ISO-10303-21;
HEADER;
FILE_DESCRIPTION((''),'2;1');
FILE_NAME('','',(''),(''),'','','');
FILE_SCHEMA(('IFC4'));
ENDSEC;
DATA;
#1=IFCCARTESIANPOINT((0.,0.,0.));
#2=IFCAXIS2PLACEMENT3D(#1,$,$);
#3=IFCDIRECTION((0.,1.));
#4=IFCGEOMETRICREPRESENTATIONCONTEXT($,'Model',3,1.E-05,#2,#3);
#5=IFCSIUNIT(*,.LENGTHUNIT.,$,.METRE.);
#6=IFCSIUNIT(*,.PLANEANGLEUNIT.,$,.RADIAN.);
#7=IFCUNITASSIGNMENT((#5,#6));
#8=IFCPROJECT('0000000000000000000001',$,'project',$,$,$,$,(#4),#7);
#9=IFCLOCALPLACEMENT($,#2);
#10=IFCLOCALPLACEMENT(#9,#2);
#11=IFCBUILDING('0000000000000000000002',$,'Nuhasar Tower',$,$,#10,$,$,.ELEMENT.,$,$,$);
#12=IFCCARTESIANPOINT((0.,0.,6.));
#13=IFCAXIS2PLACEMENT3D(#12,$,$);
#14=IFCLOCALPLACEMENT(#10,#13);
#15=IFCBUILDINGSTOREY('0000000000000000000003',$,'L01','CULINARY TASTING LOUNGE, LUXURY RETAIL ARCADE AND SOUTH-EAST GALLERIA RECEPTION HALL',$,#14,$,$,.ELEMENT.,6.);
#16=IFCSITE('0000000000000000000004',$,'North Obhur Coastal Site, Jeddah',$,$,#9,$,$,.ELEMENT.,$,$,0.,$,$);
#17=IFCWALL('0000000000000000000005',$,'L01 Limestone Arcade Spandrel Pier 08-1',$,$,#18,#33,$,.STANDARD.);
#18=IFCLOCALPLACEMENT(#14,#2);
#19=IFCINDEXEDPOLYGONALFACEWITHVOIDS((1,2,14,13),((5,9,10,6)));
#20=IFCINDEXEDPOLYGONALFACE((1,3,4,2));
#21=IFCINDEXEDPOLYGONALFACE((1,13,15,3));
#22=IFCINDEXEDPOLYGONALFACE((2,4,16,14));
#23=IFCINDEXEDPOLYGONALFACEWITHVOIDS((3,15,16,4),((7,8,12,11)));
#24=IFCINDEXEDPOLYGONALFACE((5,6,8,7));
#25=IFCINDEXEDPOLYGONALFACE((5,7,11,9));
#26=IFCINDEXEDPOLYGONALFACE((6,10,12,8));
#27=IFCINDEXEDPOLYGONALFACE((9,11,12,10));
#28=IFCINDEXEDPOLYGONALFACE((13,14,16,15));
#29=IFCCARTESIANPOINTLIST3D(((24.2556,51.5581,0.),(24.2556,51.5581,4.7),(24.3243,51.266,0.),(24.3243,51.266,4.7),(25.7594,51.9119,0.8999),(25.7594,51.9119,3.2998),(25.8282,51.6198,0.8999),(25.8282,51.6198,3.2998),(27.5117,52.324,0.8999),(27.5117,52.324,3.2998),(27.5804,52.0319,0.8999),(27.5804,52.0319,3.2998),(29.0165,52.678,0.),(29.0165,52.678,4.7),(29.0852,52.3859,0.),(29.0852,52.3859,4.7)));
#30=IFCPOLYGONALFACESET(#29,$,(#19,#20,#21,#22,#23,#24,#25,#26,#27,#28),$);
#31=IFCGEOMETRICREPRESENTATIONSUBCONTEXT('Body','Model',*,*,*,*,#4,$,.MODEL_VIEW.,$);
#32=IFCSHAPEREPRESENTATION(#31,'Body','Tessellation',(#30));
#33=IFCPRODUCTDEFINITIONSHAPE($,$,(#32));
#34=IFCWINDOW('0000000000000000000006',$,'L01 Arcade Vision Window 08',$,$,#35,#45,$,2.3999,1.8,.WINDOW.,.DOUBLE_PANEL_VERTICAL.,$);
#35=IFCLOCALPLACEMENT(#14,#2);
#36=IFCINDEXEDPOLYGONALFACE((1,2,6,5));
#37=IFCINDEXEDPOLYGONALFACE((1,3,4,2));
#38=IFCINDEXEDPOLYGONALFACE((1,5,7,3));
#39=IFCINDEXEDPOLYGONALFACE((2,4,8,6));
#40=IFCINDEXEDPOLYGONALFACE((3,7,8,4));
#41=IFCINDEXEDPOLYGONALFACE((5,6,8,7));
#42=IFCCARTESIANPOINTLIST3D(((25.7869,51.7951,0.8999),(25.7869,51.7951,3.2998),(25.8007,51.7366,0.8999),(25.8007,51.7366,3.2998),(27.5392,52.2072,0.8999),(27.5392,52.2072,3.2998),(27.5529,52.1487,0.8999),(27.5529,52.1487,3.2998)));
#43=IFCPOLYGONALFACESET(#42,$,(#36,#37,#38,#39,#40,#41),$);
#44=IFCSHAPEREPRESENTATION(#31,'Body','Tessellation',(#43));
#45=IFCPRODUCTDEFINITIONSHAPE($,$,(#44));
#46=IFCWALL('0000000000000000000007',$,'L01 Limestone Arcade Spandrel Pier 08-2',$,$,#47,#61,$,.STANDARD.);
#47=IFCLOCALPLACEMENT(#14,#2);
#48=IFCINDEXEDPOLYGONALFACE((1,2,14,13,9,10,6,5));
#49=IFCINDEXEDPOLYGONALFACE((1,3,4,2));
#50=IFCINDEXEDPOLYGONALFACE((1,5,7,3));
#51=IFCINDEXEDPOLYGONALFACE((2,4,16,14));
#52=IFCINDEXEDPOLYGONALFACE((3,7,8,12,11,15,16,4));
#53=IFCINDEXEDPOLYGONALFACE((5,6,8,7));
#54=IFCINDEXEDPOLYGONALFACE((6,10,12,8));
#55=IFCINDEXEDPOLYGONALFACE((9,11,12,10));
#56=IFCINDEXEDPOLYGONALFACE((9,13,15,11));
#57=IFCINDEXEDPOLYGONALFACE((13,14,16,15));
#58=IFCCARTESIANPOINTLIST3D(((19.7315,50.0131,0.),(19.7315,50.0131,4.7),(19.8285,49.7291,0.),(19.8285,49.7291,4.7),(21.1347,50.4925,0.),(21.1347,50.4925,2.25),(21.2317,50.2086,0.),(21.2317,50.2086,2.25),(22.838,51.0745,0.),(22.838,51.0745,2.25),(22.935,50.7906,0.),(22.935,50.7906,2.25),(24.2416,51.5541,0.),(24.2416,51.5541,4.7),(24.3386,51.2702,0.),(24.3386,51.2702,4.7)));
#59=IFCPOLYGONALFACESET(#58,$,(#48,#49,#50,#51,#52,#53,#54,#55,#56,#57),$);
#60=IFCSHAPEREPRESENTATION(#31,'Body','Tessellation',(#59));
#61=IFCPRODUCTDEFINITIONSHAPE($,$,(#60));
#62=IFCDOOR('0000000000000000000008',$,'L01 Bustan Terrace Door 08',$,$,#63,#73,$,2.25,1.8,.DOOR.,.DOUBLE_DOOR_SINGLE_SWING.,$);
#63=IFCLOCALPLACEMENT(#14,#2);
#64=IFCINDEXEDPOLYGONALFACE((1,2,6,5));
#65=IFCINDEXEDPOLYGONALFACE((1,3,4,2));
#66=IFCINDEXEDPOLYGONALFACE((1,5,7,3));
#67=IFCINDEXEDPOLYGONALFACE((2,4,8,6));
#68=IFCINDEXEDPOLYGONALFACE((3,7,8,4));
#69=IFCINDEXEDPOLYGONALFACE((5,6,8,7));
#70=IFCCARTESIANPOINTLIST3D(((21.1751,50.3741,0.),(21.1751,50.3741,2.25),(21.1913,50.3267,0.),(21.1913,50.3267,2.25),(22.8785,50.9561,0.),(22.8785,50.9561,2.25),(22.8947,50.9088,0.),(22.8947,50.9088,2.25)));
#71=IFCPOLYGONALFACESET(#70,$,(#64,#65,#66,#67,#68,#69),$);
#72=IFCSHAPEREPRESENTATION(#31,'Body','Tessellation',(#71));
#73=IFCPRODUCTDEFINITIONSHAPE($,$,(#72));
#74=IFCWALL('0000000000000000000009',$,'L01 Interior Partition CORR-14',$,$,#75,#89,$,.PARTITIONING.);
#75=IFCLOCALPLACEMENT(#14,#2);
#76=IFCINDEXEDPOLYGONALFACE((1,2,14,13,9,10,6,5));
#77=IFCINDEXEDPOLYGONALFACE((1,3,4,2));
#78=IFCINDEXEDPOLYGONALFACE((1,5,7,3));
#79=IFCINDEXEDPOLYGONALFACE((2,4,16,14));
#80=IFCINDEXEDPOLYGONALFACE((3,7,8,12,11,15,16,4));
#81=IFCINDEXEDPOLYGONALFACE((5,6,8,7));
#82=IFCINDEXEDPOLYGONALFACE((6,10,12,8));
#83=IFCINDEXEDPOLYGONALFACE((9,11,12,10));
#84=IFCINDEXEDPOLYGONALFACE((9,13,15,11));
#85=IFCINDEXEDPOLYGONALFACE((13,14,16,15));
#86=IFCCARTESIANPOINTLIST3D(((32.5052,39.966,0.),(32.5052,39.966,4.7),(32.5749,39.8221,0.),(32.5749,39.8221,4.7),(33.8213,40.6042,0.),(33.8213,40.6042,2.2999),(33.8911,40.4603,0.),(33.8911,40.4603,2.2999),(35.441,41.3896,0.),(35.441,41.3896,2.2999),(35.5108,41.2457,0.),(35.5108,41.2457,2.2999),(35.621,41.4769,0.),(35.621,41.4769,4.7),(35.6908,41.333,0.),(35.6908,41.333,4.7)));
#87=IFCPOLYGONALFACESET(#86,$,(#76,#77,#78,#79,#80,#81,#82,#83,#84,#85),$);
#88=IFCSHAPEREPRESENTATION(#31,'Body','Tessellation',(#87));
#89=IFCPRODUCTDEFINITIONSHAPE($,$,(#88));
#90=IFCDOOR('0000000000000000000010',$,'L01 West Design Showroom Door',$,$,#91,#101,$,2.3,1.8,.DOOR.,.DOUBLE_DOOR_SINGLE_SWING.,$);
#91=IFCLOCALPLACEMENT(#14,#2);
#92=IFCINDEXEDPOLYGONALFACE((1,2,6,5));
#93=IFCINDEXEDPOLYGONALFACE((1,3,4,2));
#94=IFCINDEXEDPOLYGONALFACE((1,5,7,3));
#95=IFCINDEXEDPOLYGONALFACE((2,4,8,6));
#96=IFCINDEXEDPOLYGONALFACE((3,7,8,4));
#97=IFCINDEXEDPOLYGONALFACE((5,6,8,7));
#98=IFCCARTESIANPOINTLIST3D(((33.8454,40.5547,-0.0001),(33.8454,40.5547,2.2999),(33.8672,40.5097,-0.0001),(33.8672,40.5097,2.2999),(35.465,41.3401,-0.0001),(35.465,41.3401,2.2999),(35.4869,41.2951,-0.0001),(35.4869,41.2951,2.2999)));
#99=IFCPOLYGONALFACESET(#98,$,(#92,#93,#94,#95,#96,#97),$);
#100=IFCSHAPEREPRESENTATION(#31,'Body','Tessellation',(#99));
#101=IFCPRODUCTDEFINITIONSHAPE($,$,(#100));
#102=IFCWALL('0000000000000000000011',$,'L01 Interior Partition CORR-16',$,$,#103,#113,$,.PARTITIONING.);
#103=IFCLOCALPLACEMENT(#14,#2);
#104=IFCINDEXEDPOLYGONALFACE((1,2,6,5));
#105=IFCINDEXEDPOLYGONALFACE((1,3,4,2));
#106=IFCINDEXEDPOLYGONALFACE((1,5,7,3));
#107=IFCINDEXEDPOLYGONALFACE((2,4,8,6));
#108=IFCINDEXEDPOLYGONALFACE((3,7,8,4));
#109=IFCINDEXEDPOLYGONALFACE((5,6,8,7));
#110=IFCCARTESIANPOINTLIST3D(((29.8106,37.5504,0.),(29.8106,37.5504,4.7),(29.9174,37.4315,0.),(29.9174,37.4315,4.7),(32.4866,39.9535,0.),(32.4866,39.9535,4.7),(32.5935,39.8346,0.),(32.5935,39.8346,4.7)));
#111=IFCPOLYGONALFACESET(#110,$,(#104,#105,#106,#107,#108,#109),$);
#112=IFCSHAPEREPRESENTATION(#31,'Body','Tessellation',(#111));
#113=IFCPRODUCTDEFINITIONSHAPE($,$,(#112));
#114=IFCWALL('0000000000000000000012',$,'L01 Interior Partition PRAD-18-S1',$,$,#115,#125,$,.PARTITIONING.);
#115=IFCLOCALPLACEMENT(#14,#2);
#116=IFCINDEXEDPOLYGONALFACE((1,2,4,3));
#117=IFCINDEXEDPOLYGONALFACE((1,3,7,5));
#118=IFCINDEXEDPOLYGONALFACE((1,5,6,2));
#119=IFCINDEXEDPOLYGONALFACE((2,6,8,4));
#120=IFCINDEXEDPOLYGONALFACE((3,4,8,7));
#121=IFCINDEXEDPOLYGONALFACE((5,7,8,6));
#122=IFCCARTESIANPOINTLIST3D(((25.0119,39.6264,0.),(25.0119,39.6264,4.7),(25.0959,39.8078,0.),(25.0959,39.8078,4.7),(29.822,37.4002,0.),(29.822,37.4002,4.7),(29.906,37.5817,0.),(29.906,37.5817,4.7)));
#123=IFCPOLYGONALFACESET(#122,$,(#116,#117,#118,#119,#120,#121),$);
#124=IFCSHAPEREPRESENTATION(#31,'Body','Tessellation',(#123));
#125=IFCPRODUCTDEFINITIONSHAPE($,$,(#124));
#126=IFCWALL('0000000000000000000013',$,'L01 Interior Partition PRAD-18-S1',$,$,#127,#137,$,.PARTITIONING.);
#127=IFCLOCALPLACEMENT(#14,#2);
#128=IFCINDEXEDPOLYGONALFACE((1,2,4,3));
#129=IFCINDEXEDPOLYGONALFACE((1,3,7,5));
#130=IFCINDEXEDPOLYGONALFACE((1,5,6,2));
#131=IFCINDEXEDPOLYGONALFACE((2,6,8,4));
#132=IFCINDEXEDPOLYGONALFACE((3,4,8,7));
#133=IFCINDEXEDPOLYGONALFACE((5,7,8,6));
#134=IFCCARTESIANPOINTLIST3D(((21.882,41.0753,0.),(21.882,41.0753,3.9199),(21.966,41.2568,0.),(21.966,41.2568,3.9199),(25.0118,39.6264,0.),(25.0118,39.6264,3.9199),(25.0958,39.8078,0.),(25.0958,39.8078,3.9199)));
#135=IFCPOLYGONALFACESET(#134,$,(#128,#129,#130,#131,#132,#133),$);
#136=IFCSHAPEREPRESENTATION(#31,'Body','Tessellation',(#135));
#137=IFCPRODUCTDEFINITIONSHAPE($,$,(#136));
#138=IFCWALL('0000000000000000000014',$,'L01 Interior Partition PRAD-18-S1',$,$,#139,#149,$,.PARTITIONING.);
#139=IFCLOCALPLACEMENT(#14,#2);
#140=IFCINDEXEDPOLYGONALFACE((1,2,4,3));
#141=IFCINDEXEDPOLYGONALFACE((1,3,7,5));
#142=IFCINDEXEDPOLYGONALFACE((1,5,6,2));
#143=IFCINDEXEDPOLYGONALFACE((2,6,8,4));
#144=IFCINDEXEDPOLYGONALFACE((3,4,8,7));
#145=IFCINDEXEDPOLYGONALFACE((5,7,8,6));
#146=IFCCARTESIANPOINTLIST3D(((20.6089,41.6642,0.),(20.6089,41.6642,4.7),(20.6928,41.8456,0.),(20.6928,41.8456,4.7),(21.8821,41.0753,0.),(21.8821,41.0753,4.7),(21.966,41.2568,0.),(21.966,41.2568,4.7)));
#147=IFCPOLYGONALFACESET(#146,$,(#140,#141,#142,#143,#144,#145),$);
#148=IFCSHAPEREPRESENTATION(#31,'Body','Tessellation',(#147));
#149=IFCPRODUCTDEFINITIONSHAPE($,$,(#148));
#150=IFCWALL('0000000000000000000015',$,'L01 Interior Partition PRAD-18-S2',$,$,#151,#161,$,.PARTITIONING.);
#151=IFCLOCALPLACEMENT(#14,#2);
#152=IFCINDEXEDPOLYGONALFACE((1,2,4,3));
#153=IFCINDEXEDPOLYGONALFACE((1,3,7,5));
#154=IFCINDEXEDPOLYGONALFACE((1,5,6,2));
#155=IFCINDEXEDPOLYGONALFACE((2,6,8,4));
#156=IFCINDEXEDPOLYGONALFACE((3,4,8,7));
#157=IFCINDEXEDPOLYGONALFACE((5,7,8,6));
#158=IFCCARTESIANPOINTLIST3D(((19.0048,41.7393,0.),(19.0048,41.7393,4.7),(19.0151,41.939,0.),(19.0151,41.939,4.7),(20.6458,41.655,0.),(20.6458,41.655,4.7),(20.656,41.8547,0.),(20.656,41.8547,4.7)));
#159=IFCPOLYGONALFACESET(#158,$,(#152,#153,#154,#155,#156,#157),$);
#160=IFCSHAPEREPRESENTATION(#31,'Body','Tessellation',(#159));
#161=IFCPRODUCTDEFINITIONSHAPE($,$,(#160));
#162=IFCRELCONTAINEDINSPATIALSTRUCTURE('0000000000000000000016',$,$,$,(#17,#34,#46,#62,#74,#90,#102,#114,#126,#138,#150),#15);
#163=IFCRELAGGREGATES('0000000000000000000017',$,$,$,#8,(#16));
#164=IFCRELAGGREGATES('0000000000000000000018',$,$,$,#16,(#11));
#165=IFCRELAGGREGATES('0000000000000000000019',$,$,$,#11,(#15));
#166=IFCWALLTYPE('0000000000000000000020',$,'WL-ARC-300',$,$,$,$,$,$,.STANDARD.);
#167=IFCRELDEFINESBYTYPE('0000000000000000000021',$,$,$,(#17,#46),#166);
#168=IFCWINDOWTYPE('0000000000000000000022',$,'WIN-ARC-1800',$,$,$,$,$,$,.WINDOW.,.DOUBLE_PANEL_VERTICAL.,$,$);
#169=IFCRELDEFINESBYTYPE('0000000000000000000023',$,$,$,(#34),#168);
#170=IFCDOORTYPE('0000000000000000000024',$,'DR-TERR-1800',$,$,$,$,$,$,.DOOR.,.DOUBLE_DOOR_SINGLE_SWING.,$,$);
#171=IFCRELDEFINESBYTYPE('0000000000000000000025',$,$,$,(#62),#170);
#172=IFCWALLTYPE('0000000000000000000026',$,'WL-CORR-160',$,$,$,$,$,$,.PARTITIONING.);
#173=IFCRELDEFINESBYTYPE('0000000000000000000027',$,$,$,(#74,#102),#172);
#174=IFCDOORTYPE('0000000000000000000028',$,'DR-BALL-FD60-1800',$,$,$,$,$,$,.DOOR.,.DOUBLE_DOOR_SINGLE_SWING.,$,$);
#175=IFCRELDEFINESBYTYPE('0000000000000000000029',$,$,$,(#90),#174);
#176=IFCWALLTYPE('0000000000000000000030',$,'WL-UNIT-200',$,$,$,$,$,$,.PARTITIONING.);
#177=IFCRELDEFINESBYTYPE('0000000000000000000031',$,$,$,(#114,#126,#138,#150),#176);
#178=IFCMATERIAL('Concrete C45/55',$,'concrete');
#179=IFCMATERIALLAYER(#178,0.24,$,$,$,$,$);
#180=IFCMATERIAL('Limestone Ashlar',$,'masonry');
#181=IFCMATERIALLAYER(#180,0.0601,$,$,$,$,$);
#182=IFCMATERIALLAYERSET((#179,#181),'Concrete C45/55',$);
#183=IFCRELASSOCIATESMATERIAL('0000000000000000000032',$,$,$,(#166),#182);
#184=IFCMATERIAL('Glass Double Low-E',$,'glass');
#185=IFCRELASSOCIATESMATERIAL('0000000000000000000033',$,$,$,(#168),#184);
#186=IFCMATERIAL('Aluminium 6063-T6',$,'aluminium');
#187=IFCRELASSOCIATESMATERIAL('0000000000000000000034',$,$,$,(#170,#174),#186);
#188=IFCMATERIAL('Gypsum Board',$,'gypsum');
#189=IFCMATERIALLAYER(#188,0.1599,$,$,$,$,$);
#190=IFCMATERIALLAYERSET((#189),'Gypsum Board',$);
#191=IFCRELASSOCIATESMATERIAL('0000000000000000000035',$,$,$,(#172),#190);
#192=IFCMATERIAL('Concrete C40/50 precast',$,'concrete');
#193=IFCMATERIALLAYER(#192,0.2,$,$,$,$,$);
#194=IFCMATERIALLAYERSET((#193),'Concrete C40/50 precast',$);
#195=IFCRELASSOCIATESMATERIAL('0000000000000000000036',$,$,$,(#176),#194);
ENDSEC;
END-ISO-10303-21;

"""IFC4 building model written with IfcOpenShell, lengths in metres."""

from ifc_helpers import new_model, si_unit, direction, frame, frame_2d, origin, place, context, subcontext, project, spatial, rectangle, extrude, material, layer, layer_set, type_object, element, fill, save


model = new_model("IFC4")

# Units and contexts
model_context = context("Model", 3, precision=1e-05, world=origin(), true_north=direction((0.0, 1.0)))
body_context = subcontext(model_context, "Body", "Model", "MODEL_VIEW")
ifc_project = project(units=[si_unit("LENGTHUNIT", "METRE"), si_unit("PLANEANGLEUNIT", "RADIAN")], contexts=[model_context])

# Site, building, storey
site_placement = place(None, origin())
site = spatial("IfcSite", under=ifc_project, at=site_placement, Name="North Obhur Coastal Site, Jeddah", CompositionType="ELEMENT", RefElevation=0.0)
building_placement = place(site_placement, origin())
building = spatial("IfcBuilding", under=site, at=building_placement, Name="Nuhasar Tower", CompositionType="ELEMENT")
storey_placement = place(building_placement, frame((0.0, 0.0, 6.0)))
storey = spatial("IfcBuildingStorey", under=building, at=storey_placement, Name="L01", Description="CULINARY TASTING LOUNGE, LUXURY RETAIL ARCADE AND SOUTH-EAST GALLERIA RECEPTION HALL", CompositionType="ELEMENT", Elevation=6.0)

# Shared definitions
ifc_material_1 = material(Name="Aluminium 6063-T6", Category="aluminium")

# Wall, opening, window
ifc_material_2 = material(Name="Concrete C45/55", Category="concrete")
ifc_layer_1 = layer(ifc_material_2, 0.24)
ifc_material_3 = material(Name="Limestone Ashlar", Category="masonry")
ifc_layer_2 = layer(ifc_material_3, 0.0601)
ifc_layer_set_1 = layer_set([ifc_layer_1, ifc_layer_2], Name="Concrete C45/55")
wall_type_1 = type_object("IfcWallType", Name="WL-ARC-300", PredefinedType="STANDARD", material=ifc_layer_set_1)
wall_1_placement = place(storey_placement, frame((24.29, 51.4121, 0.0), z_axis=(0.0, 0.0, 1.0), x_axis=(0.973434, 0.22897, 0.0)))
wall_1 = element("IfcWall", 1, at=wall_1_placement, inside=storey, type_object=wall_type_1, Name="L01 Limestone Arcade Spandrel Pier 08-1", PredefinedType="STANDARD", context=body_context, shape_type="SweptSolid", body=[
    extrude(rectangle(XDim=4.8909, YDim=0.3, at=frame_2d((2.4453, 0.0))), origin(), (0.0, 0.0, 1.0), 4.7),
])
opening_1_placement = place(wall_1_placement, frame((1.5449, 0.0, 0.8999)))
opening_1 = element("IfcOpeningElement", 2, at=opening_1_placement, cuts=wall_1, PredefinedType="OPENING", context=body_context, shape_type="SweptSolid", body=[
    extrude(rectangle(XDim=1.8, YDim=2.3999, at=frame_2d((0.8999, 1.2))), frame((0.0, 0.1602, 0.0), z_axis=(0.0, -1.0, 0.0), x_axis=(1.0, 0.0, 0.0)), (0.0, 0.0, 1.0), 0.3201),
])
ifc_material_4 = material(Name="Glass Double Low-E", Category="glass")
window_type = type_object("IfcWindowType", Name="WIN-ARC-1800", PartitioningType="DOUBLE_PANEL_VERTICAL", PredefinedType="WINDOW", material=ifc_material_4)
window_placement = place(opening_1_placement, origin())
window = element("IfcWindow", 3, at=window_placement, inside=storey, type_object=window_type, Name="L01 Arcade Vision Window 08", OverallHeight=2.3999, OverallWidth=1.8, PartitioningType="DOUBLE_PANEL_VERTICAL", PredefinedType="WINDOW", context=body_context, shape_type="SweptSolid", body=[
    extrude(rectangle(XDim=1.8, YDim=2.3999, at=frame_2d((0.8999, 1.2))), frame((0.0, 0.03, 0.0), z_axis=(0.0, -1.0, 0.0), x_axis=(1.0, 0.0, 0.0)), (0.0, 0.0, 1.0), 0.0601),
])
fill(opening_1, window)

# Walls, openings, doors
wall_2_placement = place(storey_placement, frame((19.78, 49.8711, 0.0), z_axis=(0.0, 0.0, 1.0), x_axis=(0.946285, 0.323334, 0.0)))
wall_2 = element("IfcWall", 4, at=wall_2_placement, inside=storey, type_object=wall_type_1, Name="L01 Limestone Arcade Spandrel Pier 08-2", PredefinedType="STANDARD", context=body_context, shape_type="SweptSolid", body=[
    extrude(rectangle(XDim=4.7661, YDim=0.3, at=frame_2d((2.3831, 0.0))), origin(), (0.0, 0.0, 1.0), 4.7),
])
opening_2_placement = place(wall_2_placement, frame((1.4829, 0.0, 0.0)))
opening_2 = element("IfcOpeningElement", 5, at=opening_2_placement, cuts=wall_2, PredefinedType="OPENING", context=body_context, shape_type="SweptSolid", body=[
    extrude(rectangle(XDim=1.8, YDim=2.25, at=frame_2d((0.8999, 1.125))), frame((0.0, 0.1602, 0.0), z_axis=(0.0, -1.0, 0.0), x_axis=(1.0, 0.0, 0.0)), (0.0, 0.0, 1.0), 0.3201),
])
door_type_1 = type_object("IfcDoorType", Name="DR-TERR-1800", OperationType="DOUBLE_DOOR_SINGLE_SWING", PredefinedType="DOOR", material=ifc_material_1)
door_1_placement = place(opening_2_placement, origin())
door_1 = element("IfcDoor", 6, at=door_1_placement, inside=storey, type_object=door_type_1, Name="L01 Bustan Terrace Door 08", OperationType="DOUBLE_DOOR_SINGLE_SWING", OverallHeight=2.25, OverallWidth=1.8, PredefinedType="DOOR", context=body_context, shape_type="SweptSolid", body=[
    extrude(rectangle(XDim=1.8, YDim=2.25, at=frame_2d((0.8999, 1.125))), frame((0.0, 0.0249, 0.0), z_axis=(0.0, -1.0, 0.0), x_axis=(1.0, 0.0, 0.0)), (0.0, 0.0, 1.0), 0.05),
])
fill(opening_2, door_1)
ifc_material_5 = material(Name="Gypsum Board", Category="gypsum")
ifc_layer_3 = layer(ifc_material_5, 0.1599)
ifc_layer_set_2 = layer_set([ifc_layer_3], Name="Gypsum Board")
wall_type_2 = type_object("IfcWallType", Name="WL-CORR-160", PredefinedType="PARTITIONING", material=ifc_layer_set_2)
wall_3_placement = place(storey_placement, frame((32.54, 39.894, 0.0), z_axis=(0.0, 0.0, 1.0), x_axis=(0.89979, 0.436324, 0.0)))
wall_3 = element("IfcWall", 7, at=wall_3_placement, inside=storey, type_object=wall_type_2, Name="L01 Interior Partition CORR-14", PredefinedType="PARTITIONING", context=body_context, shape_type="SweptSolid", body=[
    extrude(rectangle(XDim=3.4629, YDim=0.1599, at=frame_2d((1.7314, 0.0))), origin(), (0.0, 0.0, 1.0), 4.7),
])
opening_3_placement = place(wall_3_placement, frame((1.4629, 0.0, 0.0)))
opening_3 = element("IfcOpeningElement", 8, at=opening_3_placement, cuts=wall_3, PredefinedType="OPENING", context=body_context, shape_type="SweptSolid", body=[
    extrude(rectangle(XDim=1.8, YDim=2.3, at=frame_2d((0.8999, 1.1499))), frame((0.0, 0.0898, 0.0), z_axis=(0.0, -1.0, 0.0), x_axis=(1.0, 0.0, 0.0)), (0.0, 0.0, 1.0), 0.1799),
])
door_type_2 = type_object("IfcDoorType", Name="DR-BALL-FD60-1800", OperationType="DOUBLE_DOOR_SINGLE_SWING", PredefinedType="DOOR", material=ifc_material_1)
door_2_placement = place(opening_3_placement, origin())
door_2 = element("IfcDoor", 9, at=door_2_placement, inside=storey, type_object=door_type_2, Name="L01 West Design Showroom Door", OperationType="DOUBLE_DOOR_SINGLE_SWING", OverallHeight=2.3, OverallWidth=1.8, PredefinedType="DOOR", context=body_context, shape_type="SweptSolid", body=[
    extrude(rectangle(XDim=1.8, YDim=2.3, at=frame_2d((0.8999, 1.1499))), frame((0.0, 0.0249, 0.0), z_axis=(0.0, -1.0, 0.0), x_axis=(1.0, 0.0, 0.0)), (0.0, 0.0, 1.0), 0.05),
])
fill(opening_3, door_2)

# Walls
wall_4_placement = place(storey_placement, frame((32.54, 39.894, 0.0), z_axis=(0.0, 0.0, 1.0), x_axis=(-0.744033, -0.668143, 0.0)))
element("IfcWall", 10, at=wall_4_placement, inside=storey, type_object=wall_type_2, Name="L01 Interior Partition CORR-16", PredefinedType="PARTITIONING", context=body_context, shape_type="SweptSolid", body=[
    extrude(rectangle(XDim=3.5967, YDim=0.1599, at=frame_2d((1.7983, 0.0))), origin(), (0.0, 0.0, 1.0), 4.7),
])
ifc_material_6 = material(Name="Concrete C40/50 precast", Category="concrete")
ifc_layer_4 = layer(ifc_material_6, 0.2)
ifc_layer_set_3 = layer_set([ifc_layer_4], Name="Concrete C40/50 precast")
wall_type_3 = type_object("IfcWallType", Name="WL-UNIT-200", PredefinedType="PARTITIONING", material=ifc_layer_set_3)
wall_5_placement = place(storey_placement, frame((29.864, 37.491, 0.0), z_axis=(0.0, 0.0, 1.0), x_axis=(-0.907525, 0.419999, 0.0)))
element("IfcWall", 11, at=wall_5_placement, inside=storey, type_object=wall_type_3, Name="L01 Interior Partition PRAD-18-S1", PredefinedType="PARTITIONING", context=body_context, shape_type="SweptSolid", body=[
    extrude(rectangle(XDim=5.3003, YDim=0.2, at=frame_2d((2.6501, 0.0))), origin(), (0.0, 0.0, 1.0), 4.7),
])
wall_6_placement = place(storey_placement, frame((25.054, 39.717, 0.0), z_axis=(0.0, 0.0, 1.0), x_axis=(-0.907472, 0.420113, 0.0)))
element("IfcWall", 12, at=wall_6_placement, inside=storey, type_object=wall_type_3, Name="L01 Interior Partition PRAD-18-S1", PredefinedType="PARTITIONING", context=body_context, shape_type="SweptSolid", body=[
    extrude(rectangle(XDim=3.449, YDim=0.2, at=frame_2d((1.7246, 0.0))), origin(), (0.0, 0.0, 1.0), 3.9199),
])
wall_7_placement = place(storey_placement, frame((21.9241, 41.166, 0.0), z_axis=(0.0, 0.0, 1.0), x_axis=(-0.907623, 0.419786, 0.0)))
element("IfcWall", 13, at=wall_7_placement, inside=storey, type_object=wall_type_3, Name="L01 Interior Partition PRAD-18-S1", PredefinedType="PARTITIONING", context=body_context, shape_type="SweptSolid", body=[
    extrude(rectangle(XDim=1.4028, YDim=0.2, at=frame_2d((0.7014, 0.0))), origin(), (0.0, 0.0, 1.0), 4.7),
])
wall_8_placement = place(storey_placement, frame((20.6509, 41.7549, 0.0), z_axis=(0.0, 0.0, 1.0), x_axis=(-0.998685, 0.051264, 0.0)))
element("IfcWall", 14, at=wall_8_placement, inside=storey, type_object=wall_type_3, Name="L01 Interior Partition PRAD-18-S2", PredefinedType="PARTITIONING", context=body_context, shape_type="SweptSolid", body=[
    extrude(rectangle(XDim=1.6431, YDim=0.2, at=frame_2d((0.8215, 0.0))), origin(), (0.0, 0.0, 1.0), 4.7),
])

save(model, "model.ifc")
